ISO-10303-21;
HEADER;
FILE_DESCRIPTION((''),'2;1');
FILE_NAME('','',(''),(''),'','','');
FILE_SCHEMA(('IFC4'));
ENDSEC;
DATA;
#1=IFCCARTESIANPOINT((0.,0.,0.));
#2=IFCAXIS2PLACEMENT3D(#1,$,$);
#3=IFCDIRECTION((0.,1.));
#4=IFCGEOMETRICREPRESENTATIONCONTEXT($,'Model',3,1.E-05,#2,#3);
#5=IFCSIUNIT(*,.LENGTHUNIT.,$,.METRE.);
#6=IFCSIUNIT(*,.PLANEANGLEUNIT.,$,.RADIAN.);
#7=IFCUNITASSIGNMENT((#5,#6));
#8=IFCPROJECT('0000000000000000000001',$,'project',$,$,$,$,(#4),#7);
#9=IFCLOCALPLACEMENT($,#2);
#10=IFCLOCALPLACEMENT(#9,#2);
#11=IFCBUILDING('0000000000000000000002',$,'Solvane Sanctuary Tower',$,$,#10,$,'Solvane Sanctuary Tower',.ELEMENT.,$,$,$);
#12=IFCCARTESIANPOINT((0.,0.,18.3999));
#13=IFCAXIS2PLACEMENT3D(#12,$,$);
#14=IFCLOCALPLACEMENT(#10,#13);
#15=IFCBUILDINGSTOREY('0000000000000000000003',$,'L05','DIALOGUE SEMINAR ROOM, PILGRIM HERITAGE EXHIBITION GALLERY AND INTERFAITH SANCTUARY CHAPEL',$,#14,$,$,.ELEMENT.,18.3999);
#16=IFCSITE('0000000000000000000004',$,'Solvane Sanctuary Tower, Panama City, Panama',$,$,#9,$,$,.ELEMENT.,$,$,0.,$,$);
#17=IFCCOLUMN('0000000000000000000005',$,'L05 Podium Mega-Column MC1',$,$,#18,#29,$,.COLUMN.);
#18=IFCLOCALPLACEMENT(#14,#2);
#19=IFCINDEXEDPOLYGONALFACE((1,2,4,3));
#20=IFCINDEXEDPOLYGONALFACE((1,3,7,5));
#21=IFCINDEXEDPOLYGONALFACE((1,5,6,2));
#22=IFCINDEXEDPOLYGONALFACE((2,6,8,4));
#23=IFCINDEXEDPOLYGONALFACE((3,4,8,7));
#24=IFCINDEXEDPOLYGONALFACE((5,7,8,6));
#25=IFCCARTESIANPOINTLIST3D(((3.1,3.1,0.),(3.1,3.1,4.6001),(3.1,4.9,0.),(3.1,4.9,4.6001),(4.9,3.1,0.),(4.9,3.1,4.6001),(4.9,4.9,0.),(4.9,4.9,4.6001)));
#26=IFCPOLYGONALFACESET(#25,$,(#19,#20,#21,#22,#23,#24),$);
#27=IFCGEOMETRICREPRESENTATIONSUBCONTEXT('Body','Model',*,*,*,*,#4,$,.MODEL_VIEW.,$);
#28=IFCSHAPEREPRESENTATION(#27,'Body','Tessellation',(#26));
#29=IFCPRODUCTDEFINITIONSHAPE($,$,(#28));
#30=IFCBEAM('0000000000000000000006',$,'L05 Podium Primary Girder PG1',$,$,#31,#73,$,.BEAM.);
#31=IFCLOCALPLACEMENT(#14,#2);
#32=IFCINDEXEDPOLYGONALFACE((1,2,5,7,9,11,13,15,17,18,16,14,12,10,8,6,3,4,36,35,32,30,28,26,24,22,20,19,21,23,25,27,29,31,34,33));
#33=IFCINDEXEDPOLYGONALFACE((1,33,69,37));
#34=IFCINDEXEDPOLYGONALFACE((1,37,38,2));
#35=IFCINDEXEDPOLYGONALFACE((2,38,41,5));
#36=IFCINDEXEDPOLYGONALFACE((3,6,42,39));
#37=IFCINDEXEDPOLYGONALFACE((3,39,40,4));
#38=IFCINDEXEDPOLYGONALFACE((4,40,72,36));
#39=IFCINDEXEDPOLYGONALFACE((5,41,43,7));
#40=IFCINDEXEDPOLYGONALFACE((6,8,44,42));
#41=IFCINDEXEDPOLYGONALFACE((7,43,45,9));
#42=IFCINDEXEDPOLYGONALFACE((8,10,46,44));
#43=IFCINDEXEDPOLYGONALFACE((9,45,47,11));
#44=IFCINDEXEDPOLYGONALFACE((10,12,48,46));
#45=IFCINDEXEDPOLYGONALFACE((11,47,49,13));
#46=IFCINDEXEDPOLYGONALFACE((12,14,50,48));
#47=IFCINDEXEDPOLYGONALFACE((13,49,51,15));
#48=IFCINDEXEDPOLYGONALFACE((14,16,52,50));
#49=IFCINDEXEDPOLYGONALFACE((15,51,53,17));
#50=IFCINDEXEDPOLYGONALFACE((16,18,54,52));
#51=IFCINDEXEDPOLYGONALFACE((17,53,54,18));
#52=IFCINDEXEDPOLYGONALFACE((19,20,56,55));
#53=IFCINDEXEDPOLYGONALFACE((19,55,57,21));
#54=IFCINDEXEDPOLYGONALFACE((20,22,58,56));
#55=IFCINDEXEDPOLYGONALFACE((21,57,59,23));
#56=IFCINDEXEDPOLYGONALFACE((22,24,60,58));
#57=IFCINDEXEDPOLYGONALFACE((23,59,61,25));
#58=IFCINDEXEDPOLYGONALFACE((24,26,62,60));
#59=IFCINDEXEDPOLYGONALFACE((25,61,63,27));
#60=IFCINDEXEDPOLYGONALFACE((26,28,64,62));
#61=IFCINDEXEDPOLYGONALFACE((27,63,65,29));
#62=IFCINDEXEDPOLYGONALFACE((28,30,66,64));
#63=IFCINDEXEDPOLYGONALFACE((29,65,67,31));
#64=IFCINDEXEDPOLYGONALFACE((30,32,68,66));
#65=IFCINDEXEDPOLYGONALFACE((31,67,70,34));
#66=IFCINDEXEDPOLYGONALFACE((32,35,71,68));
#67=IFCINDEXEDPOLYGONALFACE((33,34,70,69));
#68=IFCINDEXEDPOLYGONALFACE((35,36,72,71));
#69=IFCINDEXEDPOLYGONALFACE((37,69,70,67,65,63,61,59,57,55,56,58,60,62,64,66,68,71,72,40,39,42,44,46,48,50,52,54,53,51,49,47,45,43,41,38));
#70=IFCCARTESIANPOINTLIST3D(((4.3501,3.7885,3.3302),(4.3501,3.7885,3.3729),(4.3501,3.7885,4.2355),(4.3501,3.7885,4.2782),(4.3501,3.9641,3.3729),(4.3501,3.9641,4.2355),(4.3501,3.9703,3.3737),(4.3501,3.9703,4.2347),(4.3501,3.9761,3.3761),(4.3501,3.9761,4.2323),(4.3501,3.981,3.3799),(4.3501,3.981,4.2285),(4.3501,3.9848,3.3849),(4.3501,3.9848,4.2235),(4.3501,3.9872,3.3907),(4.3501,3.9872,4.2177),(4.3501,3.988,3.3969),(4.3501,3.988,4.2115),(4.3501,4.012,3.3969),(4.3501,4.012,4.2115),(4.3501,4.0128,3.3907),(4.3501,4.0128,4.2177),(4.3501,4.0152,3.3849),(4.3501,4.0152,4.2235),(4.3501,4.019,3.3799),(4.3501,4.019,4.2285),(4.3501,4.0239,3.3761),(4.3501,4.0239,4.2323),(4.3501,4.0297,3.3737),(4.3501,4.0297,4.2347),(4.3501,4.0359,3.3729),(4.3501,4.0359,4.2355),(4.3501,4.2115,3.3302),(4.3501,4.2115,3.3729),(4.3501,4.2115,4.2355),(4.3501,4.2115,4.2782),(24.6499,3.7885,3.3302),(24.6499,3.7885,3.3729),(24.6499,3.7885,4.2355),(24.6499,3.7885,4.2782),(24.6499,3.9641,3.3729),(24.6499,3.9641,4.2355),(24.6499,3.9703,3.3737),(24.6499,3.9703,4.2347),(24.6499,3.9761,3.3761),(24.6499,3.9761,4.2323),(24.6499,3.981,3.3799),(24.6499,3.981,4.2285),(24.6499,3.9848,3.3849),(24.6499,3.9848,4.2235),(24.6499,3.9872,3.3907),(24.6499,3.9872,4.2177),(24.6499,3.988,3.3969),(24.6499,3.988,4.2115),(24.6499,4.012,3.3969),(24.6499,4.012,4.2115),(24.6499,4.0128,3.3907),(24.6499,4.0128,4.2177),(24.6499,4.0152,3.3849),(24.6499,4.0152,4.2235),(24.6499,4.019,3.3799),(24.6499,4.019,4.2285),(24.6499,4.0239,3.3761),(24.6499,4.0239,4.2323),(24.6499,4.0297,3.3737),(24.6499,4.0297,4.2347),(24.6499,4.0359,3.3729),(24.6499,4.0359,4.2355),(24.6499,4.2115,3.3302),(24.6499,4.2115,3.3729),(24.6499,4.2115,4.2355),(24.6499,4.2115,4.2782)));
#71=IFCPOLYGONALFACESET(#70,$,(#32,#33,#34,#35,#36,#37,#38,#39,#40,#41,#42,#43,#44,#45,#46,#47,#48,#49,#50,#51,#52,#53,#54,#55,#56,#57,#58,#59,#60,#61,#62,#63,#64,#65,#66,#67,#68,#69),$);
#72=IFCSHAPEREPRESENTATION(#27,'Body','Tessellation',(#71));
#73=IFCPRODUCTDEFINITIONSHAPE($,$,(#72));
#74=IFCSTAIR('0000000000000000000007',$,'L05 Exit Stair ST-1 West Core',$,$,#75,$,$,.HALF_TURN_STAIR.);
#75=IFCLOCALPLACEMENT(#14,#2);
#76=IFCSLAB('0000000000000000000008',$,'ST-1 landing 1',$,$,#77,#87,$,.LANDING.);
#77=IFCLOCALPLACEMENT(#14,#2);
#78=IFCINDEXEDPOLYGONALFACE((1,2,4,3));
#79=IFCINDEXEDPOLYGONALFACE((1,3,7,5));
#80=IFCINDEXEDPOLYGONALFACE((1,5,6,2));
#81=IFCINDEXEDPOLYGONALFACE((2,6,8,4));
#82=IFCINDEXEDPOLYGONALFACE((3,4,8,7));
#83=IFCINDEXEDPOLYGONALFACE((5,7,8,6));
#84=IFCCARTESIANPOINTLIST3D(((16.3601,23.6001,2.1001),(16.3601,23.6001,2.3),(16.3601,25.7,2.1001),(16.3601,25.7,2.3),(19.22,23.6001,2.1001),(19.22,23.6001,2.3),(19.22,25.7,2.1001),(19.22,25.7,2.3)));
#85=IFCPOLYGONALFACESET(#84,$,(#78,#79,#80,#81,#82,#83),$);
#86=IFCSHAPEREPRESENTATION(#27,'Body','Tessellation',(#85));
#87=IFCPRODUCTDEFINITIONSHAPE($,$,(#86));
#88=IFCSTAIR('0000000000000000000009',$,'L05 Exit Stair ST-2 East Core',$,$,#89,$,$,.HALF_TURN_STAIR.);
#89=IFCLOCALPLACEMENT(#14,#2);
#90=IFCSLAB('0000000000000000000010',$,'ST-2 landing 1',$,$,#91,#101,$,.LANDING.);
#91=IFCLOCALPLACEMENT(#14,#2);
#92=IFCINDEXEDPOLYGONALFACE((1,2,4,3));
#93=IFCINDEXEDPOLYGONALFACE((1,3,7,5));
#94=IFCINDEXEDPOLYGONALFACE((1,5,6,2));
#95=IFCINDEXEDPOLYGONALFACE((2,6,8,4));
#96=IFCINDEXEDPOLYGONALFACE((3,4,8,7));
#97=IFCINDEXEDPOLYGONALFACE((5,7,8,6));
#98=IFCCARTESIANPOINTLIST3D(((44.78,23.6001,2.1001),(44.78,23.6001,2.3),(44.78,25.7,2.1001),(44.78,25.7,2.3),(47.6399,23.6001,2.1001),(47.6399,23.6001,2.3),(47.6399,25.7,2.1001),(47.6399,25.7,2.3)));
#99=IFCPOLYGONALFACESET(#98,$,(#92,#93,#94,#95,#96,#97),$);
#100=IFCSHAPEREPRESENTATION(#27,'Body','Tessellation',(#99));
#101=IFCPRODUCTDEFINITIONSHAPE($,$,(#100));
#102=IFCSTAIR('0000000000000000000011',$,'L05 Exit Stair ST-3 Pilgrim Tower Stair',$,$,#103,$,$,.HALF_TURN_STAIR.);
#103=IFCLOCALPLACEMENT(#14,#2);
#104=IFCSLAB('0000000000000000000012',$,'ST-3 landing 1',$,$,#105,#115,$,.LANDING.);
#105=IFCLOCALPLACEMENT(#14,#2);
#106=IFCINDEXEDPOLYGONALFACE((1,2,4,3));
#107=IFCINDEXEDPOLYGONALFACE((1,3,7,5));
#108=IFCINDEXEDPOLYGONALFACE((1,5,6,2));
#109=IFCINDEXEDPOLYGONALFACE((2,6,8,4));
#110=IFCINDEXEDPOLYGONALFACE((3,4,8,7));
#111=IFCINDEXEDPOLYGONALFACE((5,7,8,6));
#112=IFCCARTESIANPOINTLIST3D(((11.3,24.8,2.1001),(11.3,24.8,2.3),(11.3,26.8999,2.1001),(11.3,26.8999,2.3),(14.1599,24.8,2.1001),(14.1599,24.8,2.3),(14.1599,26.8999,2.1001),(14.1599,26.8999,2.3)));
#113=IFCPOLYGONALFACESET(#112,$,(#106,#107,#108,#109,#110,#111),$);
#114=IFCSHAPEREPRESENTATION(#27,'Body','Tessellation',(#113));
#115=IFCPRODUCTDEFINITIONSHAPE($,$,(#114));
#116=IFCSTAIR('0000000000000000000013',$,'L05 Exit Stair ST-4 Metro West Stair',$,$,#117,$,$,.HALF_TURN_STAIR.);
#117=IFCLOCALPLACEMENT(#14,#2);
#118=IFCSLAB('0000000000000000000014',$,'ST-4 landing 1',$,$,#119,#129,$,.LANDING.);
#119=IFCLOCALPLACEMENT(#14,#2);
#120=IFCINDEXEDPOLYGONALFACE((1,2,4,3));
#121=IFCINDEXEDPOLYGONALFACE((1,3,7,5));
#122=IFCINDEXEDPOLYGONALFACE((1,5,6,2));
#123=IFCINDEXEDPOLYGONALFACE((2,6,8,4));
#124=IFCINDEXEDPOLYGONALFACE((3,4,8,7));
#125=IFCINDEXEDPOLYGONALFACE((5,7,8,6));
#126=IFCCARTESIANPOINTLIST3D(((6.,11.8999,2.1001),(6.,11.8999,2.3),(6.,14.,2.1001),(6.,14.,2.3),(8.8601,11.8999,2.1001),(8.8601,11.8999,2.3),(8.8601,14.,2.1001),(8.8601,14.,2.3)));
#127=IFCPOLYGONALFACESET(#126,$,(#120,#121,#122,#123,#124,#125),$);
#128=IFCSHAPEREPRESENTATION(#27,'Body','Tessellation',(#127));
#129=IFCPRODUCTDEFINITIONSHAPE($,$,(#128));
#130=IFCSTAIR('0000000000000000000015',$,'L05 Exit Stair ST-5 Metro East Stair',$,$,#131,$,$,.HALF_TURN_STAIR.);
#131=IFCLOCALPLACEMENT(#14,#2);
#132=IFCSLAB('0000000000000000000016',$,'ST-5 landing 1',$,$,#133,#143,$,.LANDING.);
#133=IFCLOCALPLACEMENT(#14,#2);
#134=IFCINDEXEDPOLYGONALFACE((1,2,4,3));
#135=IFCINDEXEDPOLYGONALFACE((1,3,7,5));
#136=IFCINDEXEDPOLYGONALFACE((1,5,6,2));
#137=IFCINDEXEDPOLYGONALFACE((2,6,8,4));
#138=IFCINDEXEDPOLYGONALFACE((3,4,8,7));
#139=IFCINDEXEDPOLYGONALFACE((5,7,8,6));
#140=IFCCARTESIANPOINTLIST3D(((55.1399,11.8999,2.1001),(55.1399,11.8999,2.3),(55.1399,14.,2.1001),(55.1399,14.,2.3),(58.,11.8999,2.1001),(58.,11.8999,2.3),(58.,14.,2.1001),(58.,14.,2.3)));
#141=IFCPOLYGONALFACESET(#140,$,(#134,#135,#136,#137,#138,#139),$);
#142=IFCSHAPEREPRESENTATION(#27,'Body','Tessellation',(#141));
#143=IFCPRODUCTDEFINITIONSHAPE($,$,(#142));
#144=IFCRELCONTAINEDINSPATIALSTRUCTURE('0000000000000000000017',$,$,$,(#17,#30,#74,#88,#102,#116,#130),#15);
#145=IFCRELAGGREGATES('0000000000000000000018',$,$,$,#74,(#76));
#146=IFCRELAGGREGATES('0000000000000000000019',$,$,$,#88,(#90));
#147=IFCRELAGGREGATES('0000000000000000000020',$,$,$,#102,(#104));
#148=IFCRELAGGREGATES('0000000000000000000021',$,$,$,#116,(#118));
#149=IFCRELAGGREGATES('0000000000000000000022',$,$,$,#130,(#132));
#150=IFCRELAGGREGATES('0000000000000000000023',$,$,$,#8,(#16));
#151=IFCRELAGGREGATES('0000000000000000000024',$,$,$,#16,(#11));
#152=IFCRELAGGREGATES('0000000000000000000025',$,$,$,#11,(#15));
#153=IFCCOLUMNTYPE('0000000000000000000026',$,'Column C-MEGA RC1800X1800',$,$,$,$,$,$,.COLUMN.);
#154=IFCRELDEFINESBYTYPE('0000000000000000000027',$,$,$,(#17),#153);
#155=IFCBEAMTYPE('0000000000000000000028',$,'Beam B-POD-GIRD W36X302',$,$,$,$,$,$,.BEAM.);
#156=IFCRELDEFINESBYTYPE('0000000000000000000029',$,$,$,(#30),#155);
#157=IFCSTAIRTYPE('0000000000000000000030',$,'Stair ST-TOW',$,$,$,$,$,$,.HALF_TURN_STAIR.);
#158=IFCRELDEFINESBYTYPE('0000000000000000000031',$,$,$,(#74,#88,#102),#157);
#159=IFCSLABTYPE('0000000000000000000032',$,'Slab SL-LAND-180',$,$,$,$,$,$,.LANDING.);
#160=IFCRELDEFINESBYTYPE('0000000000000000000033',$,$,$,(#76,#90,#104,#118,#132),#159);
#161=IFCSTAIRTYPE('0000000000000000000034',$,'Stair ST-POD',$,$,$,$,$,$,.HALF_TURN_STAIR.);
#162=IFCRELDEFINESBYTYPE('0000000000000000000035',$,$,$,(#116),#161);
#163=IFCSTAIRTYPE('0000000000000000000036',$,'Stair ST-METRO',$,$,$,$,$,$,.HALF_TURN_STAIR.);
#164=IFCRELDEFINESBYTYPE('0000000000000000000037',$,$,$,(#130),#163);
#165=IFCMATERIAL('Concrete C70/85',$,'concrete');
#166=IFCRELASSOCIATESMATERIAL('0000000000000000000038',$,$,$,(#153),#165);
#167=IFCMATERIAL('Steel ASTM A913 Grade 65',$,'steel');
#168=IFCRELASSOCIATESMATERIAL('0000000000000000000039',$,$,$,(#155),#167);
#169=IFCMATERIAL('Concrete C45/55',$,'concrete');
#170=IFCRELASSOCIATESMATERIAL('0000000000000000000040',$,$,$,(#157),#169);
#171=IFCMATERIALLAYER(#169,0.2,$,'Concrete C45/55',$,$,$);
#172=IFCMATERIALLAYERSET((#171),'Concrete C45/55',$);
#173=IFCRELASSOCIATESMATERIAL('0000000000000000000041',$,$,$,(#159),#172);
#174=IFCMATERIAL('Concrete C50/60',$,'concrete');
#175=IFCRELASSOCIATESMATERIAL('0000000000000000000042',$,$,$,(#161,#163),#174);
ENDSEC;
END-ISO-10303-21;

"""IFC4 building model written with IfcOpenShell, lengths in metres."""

from ifc_helpers import new_model, si_unit, direction, frame, origin, origin_2d, place, context, subcontext, project, spatial, polyline, rectangle, i_section, outline, extrude, material, layer, layer_set, material_profile, profile_set, type_object, element, aggregate, save


model = new_model("IFC4")

# Units and contexts
model_context = context("Model", 3, precision=1e-05, world=origin(), true_north=direction((0.0, 1.0)))
body_context = subcontext(model_context, "Body", "Model", "MODEL_VIEW")
ifc_project = project(units=[si_unit("LENGTHUNIT", "METRE"), si_unit("PLANEANGLEUNIT", "RADIAN")], contexts=[model_context])

# Site, building, storey
site_placement = place(None, origin())
site = spatial("IfcSite", under=ifc_project, at=site_placement, Name="Solvane Sanctuary Tower, Panama City, Panama", CompositionType="ELEMENT", RefElevation=0.0)
building_placement = place(site_placement, origin())
building = spatial("IfcBuilding", under=site, at=building_placement, Name="Solvane Sanctuary Tower", LongName="Solvane Sanctuary Tower", CompositionType="ELEMENT")
storey_placement = place(building_placement, frame((0.0, 0.0, 18.3999)))
storey = spatial("IfcBuildingStorey", under=building, at=storey_placement, Name="L05", Description="DIALOGUE SEMINAR ROOM, PILGRIM HERITAGE EXHIBITION GALLERY AND INTERFAITH SANCTUARY CHAPEL", CompositionType="ELEMENT", Elevation=18.3999)

# Column
ifc_material_1 = material(Name="Concrete C70/85", Category="concrete")
ifc_material_profile_1 = material_profile(ifc_material_1, rectangle(XDim=1.8, YDim=1.8, at=origin_2d()), Name="RC1800X1800")
ifc_profile_set_1 = profile_set([ifc_material_profile_1], Name="Concrete C70/85")
column_type = type_object("IfcColumnType", Name="Column C-MEGA RC1800X1800", PredefinedType="COLUMN", material=ifc_profile_set_1)
column_placement = place(storey_placement, frame((4.0, 4.0, 0.0), z_axis=(0.0, 0.0, 1.0), x_axis=(1.0, 0.0, 0.0)))
element("IfcColumn", 1, at=column_placement, inside=storey, type_object=column_type, Name="L05 Podium Mega-Column MC1", PredefinedType="COLUMN", context=body_context, shape_type="SweptSolid", body=[
    extrude(rectangle(XDim=1.8, YDim=1.8, at=origin_2d()), origin(), (0.0, 0.0, 1.0), 4.6001),
])

# Beam
ifc_material_2 = material(Name="Steel ASTM A913 Grade 65", Category="steel")
ifc_material_profile_2 = material_profile(ifc_material_2, i_section(OverallWidth=0.4231, OverallDepth=0.948, WebThickness=0.0239, FlangeThickness=0.0427, FilletRadius=0.0239, at=origin_2d()), Name="W36X302")
ifc_profile_set_2 = profile_set([ifc_material_profile_2], Name="Steel ASTM A913 Grade 65")
beam_type = type_object("IfcBeamType", Name="Beam B-POD-GIRD W36X302", PredefinedType="BEAM", material=ifc_profile_set_2)
beam_placement = place(storey_placement, frame((4.3501, 4.0, 3.8042), z_axis=(1.0, 0.0, 0.0), x_axis=(0.0, 1.0, 0.0)))
element("IfcBeam", 2, at=beam_placement, inside=storey, type_object=beam_type, Name="L05 Podium Primary Girder PG1", PredefinedType="BEAM", context=body_context, shape_type="SweptSolid", body=[
    extrude(i_section(OverallWidth=0.4231, OverallDepth=0.948, WebThickness=0.0239, FlangeThickness=0.0427, FilletRadius=0.0239, at=origin_2d()), origin(), (0.0, 0.0, 1.0), 20.2998),
])

# Stairs, slabs
ifc_material_3 = material(Name="Concrete C45/55", Category="concrete")
stair_type_1 = type_object("IfcStairType", Name="Stair ST-TOW", PredefinedType="HALF_TURN_STAIR", material=ifc_material_3)
stair_1_placement = place(storey_placement, origin())
stair_1 = element("IfcStair", 3, at=stair_1_placement, inside=storey, type_object=stair_type_1, Name="L05 Exit Stair ST-1 West Core", PredefinedType="HALF_TURN_STAIR")
ifc_layer_1 = layer(ifc_material_3, 0.2, Name="Concrete C45/55")
ifc_layer_set_1 = layer_set([ifc_layer_1], Name="Concrete C45/55")
slab_type_1 = type_object("IfcSlabType", Name="Slab SL-LAND-180", PredefinedType="LANDING", material=ifc_layer_set_1)
slab_1_placement = place(storey_placement, frame((0.0, 0.0, 2.1001)))
slab_1 = element("IfcSlab", 4, at=slab_1_placement, type_object=slab_type_1, Name="ST-1 landing 1", PredefinedType="LANDING", context=body_context, shape_type="SweptSolid", body=[
    extrude(outline(polyline([(19.22, 23.6001), (19.22, 25.7), (16.3601, 25.7), (16.3601, 23.6001), (19.22, 23.6001)])), origin(), (0.0, 0.0, 1.0), 0.2),
])
aggregate(stair_1, [slab_1])
stair_2_placement = place(storey_placement, origin())
stair_2 = element("IfcStair", 5, at=stair_2_placement, inside=storey, type_object=stair_type_1, Name="L05 Exit Stair ST-2 East Core", PredefinedType="HALF_TURN_STAIR")
slab_2_placement = place(storey_placement, frame((0.0, 0.0, 2.1001)))
slab_2 = element("IfcSlab", 6, at=slab_2_placement, type_object=slab_type_1, Name="ST-2 landing 1", PredefinedType="LANDING", context=body_context, shape_type="SweptSolid", body=[
    extrude(outline(polyline([(47.6399, 23.6001), (47.6399, 25.7), (44.78, 25.7), (44.78, 23.6001), (47.6399, 23.6001)])), origin(), (0.0, 0.0, 1.0), 0.2),
])
aggregate(stair_2, [slab_2])
stair_3_placement = place(storey_placement, origin())
stair_3 = element("IfcStair", 7, at=stair_3_placement, inside=storey, type_object=stair_type_1, Name="L05 Exit Stair ST-3 Pilgrim Tower Stair", PredefinedType="HALF_TURN_STAIR")
slab_3_placement = place(storey_placement, frame((0.0, 0.0, 2.1001)))
slab_3 = element("IfcSlab", 8, at=slab_3_placement, type_object=slab_type_1, Name="ST-3 landing 1", PredefinedType="LANDING", context=body_context, shape_type="SweptSolid", body=[
    extrude(outline(polyline([(14.1599, 24.8), (14.1599, 26.8999), (11.3, 26.8999), (11.3, 24.8), (14.1599, 24.8)])), origin(), (0.0, 0.0, 1.0), 0.2),
])
aggregate(stair_3, [slab_3])
ifc_material_4 = material(Name="Concrete C50/60", Category="concrete")
stair_type_2 = type_object("IfcStairType", Name="Stair ST-POD", PredefinedType="HALF_TURN_STAIR", material=ifc_material_4)
stair_4_placement = place(storey_placement, origin())
stair_4 = element("IfcStair", 9, at=stair_4_placement, inside=storey, type_object=stair_type_2, Name="L05 Exit Stair ST-4 Metro West Stair", PredefinedType="HALF_TURN_STAIR")
slab_4_placement = place(storey_placement, frame((0.0, 0.0, 2.1001)))
slab_4 = element("IfcSlab", 10, at=slab_4_placement, type_object=slab_type_1, Name="ST-4 landing 1", PredefinedType="LANDING", context=body_context, shape_type="SweptSolid", body=[
    extrude(outline(polyline([(8.8601, 11.8999), (8.8601, 14.0), (6.0, 14.0), (6.0, 11.8999), (8.8601, 11.8999)])), origin(), (0.0, 0.0, 1.0), 0.2),
])
aggregate(stair_4, [slab_4])
stair_type_3 = type_object("IfcStairType", Name="Stair ST-METRO", PredefinedType="HALF_TURN_STAIR", material=ifc_material_4)
stair_5_placement = place(storey_placement, origin())
stair_5 = element("IfcStair", 11, at=stair_5_placement, inside=storey, type_object=stair_type_3, Name="L05 Exit Stair ST-5 Metro East Stair", PredefinedType="HALF_TURN_STAIR")
slab_5_placement = place(storey_placement, frame((0.0, 0.0, 2.1001)))
slab_5 = element("IfcSlab", 12, at=slab_5_placement, type_object=slab_type_1, Name="ST-5 landing 1", PredefinedType="LANDING", context=body_context, shape_type="SweptSolid", body=[
    extrude(outline(polyline([(58.0, 11.8999), (58.0, 14.0), (55.1399, 14.0), (55.1399, 11.8999), (58.0, 11.8999)])), origin(), (0.0, 0.0, 1.0), 0.2),
])
aggregate(stair_5, [slab_5])

save(model, "model.ifc")
